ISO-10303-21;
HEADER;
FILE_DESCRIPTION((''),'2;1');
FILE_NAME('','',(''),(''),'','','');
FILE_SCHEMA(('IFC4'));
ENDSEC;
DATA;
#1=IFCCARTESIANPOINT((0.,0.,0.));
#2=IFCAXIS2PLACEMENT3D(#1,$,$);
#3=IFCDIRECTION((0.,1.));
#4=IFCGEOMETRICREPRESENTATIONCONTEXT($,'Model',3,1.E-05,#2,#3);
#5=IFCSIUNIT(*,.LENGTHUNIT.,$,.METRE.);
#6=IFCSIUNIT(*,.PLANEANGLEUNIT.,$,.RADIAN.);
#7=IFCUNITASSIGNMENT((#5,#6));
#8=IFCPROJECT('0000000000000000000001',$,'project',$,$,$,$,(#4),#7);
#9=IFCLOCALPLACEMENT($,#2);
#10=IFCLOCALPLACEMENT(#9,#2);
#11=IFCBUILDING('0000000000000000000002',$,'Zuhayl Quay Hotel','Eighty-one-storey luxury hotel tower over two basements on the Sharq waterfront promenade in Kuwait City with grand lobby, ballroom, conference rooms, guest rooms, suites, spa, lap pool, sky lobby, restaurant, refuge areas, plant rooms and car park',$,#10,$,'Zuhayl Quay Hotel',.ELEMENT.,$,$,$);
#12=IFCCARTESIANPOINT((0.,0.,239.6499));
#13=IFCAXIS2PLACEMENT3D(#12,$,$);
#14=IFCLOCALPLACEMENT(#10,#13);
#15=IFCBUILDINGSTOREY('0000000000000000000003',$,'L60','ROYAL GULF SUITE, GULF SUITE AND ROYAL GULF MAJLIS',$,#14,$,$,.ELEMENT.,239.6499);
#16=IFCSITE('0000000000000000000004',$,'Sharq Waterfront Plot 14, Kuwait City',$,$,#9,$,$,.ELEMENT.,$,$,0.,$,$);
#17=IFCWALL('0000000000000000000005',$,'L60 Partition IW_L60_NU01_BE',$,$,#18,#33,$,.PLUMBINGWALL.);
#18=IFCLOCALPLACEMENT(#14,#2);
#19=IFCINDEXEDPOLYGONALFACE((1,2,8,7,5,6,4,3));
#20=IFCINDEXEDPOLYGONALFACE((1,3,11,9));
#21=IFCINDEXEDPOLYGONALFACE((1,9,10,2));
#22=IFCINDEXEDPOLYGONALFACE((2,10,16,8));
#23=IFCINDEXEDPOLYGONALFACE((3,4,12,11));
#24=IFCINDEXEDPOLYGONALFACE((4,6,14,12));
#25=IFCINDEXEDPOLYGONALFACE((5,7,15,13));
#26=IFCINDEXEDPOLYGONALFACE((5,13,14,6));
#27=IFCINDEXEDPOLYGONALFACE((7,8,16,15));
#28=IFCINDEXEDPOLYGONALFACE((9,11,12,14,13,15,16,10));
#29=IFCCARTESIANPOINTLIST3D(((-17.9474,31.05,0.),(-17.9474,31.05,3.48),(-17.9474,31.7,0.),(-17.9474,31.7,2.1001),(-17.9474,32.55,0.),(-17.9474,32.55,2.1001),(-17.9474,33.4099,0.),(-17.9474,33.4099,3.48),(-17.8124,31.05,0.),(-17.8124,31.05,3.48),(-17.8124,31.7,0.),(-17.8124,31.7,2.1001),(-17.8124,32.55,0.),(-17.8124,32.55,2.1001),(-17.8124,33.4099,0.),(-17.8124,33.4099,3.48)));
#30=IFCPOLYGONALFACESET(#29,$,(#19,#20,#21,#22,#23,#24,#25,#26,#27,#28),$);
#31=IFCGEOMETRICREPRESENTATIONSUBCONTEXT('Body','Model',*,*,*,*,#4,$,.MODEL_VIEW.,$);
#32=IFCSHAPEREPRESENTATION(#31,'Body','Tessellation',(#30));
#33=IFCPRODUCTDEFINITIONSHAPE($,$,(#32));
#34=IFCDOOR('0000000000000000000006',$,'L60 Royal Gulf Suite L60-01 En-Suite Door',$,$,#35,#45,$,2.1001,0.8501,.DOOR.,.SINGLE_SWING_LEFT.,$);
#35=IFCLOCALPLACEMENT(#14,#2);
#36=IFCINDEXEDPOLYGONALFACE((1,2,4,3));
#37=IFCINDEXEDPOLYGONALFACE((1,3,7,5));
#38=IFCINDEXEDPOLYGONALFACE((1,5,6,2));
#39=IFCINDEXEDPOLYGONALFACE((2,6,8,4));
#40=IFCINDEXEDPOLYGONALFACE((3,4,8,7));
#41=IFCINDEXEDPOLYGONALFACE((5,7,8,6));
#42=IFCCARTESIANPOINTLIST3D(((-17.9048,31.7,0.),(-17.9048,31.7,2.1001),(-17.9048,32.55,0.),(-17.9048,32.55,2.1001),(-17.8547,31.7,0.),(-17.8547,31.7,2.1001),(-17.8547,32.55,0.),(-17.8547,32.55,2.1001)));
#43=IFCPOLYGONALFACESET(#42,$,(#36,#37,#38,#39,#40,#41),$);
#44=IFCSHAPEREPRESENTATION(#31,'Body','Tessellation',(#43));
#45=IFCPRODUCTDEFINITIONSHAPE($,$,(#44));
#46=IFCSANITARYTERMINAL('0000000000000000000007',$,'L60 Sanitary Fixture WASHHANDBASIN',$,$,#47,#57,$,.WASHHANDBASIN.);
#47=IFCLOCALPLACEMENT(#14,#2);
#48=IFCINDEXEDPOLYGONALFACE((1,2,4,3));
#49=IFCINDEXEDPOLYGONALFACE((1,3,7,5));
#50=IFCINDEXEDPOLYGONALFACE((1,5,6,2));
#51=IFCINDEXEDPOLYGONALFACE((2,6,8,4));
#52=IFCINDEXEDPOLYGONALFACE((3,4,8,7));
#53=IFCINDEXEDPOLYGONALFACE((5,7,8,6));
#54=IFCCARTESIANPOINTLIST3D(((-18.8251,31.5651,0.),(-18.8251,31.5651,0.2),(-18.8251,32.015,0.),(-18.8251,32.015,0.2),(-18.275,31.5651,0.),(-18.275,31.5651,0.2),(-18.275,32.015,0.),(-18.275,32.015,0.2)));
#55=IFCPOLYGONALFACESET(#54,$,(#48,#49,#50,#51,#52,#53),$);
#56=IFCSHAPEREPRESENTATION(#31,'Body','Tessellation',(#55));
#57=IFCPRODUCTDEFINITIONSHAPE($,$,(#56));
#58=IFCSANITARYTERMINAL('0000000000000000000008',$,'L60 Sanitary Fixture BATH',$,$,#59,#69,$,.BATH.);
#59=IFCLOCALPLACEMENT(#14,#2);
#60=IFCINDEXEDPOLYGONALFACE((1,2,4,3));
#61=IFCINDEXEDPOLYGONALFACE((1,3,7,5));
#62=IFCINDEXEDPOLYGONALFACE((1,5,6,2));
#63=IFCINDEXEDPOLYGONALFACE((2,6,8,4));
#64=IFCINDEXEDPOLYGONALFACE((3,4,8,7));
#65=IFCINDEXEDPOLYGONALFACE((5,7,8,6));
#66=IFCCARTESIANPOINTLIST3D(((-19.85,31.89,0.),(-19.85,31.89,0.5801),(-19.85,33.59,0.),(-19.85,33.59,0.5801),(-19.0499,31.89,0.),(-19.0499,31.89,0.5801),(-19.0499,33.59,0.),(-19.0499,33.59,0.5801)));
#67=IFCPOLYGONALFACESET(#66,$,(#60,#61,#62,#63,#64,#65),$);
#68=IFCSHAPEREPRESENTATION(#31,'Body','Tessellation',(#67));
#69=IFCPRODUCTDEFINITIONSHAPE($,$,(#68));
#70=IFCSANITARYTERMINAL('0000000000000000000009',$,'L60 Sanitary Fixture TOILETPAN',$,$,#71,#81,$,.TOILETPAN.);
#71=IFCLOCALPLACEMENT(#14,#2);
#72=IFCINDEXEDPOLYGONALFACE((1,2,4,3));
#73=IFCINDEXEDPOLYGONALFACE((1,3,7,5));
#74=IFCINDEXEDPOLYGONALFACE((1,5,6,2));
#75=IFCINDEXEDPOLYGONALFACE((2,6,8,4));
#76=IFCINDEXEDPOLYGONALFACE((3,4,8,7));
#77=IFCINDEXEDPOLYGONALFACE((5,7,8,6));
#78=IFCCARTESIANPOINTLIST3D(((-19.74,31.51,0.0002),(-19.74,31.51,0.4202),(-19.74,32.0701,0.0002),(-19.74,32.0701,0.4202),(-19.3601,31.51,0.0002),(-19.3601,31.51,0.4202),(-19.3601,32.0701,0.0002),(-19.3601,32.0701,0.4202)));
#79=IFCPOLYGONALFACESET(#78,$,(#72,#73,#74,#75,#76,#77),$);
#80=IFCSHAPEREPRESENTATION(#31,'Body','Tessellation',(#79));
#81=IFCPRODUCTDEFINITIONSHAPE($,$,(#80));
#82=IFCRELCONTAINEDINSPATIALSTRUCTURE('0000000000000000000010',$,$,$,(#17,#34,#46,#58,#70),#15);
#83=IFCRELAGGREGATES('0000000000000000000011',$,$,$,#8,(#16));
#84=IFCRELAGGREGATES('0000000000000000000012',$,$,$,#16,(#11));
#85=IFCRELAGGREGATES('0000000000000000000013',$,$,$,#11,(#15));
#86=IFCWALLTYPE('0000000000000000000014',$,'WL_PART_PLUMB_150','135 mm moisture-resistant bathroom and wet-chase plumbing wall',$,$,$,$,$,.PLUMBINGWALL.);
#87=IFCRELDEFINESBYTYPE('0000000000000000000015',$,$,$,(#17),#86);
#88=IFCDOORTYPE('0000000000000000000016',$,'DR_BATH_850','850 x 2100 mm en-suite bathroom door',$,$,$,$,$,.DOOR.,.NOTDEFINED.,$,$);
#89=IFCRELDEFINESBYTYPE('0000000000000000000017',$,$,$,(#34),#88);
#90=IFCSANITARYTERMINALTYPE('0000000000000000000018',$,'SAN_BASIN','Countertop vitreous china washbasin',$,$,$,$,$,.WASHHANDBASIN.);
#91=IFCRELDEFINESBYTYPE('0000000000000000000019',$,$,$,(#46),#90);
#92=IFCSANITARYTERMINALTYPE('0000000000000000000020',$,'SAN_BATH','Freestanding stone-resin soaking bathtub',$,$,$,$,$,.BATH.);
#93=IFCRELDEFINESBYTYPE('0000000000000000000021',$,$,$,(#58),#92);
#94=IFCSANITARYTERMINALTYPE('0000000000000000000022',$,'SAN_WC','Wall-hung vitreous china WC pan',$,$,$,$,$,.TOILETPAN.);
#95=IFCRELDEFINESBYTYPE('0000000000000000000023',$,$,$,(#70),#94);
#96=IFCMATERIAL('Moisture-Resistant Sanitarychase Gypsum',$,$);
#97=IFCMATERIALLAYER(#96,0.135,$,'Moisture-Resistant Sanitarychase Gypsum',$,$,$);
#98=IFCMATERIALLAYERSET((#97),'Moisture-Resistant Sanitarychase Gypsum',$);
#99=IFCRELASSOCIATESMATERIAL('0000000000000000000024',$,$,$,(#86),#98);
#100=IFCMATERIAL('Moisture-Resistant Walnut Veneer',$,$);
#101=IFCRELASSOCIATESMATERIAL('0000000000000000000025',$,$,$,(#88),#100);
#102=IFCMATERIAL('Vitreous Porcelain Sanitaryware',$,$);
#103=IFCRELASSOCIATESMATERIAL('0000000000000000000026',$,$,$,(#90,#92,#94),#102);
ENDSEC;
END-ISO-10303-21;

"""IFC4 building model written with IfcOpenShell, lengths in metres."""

from ifc_helpers import new_model, si_unit, direction, frame, frame_2d, origin, origin_2d, place, context, subcontext, project, spatial, rectangle, extrude, material, layer, layer_set, type_object, element, fill, save


model = new_model("IFC4")

# Units and contexts
model_context = context("Model", 3, precision=1e-05, world=origin(), true_north=direction((0.0, 1.0)))
body_context = subcontext(model_context, "Body", "Model", "MODEL_VIEW")
ifc_project = project(units=[si_unit("LENGTHUNIT", "METRE"), si_unit("PLANEANGLEUNIT", "RADIAN")], contexts=[model_context])

# Site, building, storey
site_placement = place(None, origin())
site = spatial("IfcSite", under=ifc_project, at=site_placement, Name="Sharq Waterfront Plot 14, Kuwait City", CompositionType="ELEMENT", RefElevation=0.0)
building_placement = place(site_placement, origin())
building = spatial("IfcBuilding", under=site, at=building_placement, Name="Zuhayl Quay Hotel", Description="Eighty-one-storey luxury hotel tower over two basements on the Sharq waterfront promenade in Kuwait City with grand lobby, ballroom, conference rooms, guest rooms, suites, spa, lap pool, sky lobby, restaurant, refuge areas, plant rooms and car park", LongName="Zuhayl Quay Hotel", CompositionType="ELEMENT")
storey_placement = place(building_placement, frame((0.0, 0.0, 239.6499)))
storey = spatial("IfcBuildingStorey", under=building, at=storey_placement, Name="L60", Description="ROYAL GULF SUITE, GULF SUITE AND ROYAL GULF MAJLIS", CompositionType="ELEMENT", Elevation=239.6499)

# Wall, opening, door
ifc_material_1 = material(Name="Moisture-Resistant Sanitarychase Gypsum")
ifc_layer_1 = layer(ifc_material_1, 0.135, Name="Moisture-Resistant Sanitarychase Gypsum")
ifc_layer_set_1 = layer_set([ifc_layer_1], Name="Moisture-Resistant Sanitarychase Gypsum")
wall_type_1 = type_object("IfcWallType", Name="WL_PART_PLUMB_150", Description="135 mm moisture-resistant bathroom and wet-chase plumbing wall", PredefinedType="PLUMBINGWALL", material=ifc_layer_set_1)
wall_1_placement = place(storey_placement, frame((-17.8799, 31.05, 0.0), z_axis=(0.0, 0.0, 1.0), x_axis=(0.0, 1.0, 0.0)))
wall_1 = element("IfcWall", 1, at=wall_1_placement, inside=storey, type_object=wall_type_1, Name="L60 Partition IW_L60_NU01_BE", PredefinedType="PLUMBINGWALL", context=body_context, shape_type="SweptSolid", body=[
    extrude(rectangle(XDim=2.3599, YDim=0.135, at=frame_2d((1.1799, 0.0))), origin(), (0.0, 0.0, 1.0), 3.48),
])
opening_1_placement = place(wall_1_placement, frame((0.6499, 0.0, 0.0)))
opening_1 = element("IfcOpeningElement", 2, at=opening_1_placement, cuts=wall_1, PredefinedType="OPENING", context=body_context, shape_type="SweptSolid", body=[
    extrude(rectangle(XDim=0.8501, YDim=2.1001, at=frame_2d((0.425, 1.05))), frame((0.0, 0.0774, 0.0), z_axis=(0.0, -1.0, 0.0), x_axis=(1.0, 0.0, 0.0)), (0.0, 0.0, 1.0), 0.155),
])
ifc_material_2 = material(Name="Moisture-Resistant Walnut Veneer")
door_type_1 = type_object("IfcDoorType", Name="DR_BATH_850", Description="850 x 2100 mm en-suite bathroom door", OperationType="NOTDEFINED", PredefinedType="DOOR", material=ifc_material_2)
door_1_placement = place(opening_1_placement, origin())
door_1 = element("IfcDoor", 3, at=door_1_placement, inside=storey, type_object=door_type_1, Name="L60 Royal Gulf Suite L60-01 En-Suite Door", OperationType="SINGLE_SWING_LEFT", OverallHeight=2.1001, OverallWidth=0.8501, PredefinedType="DOOR", context=body_context, shape_type="SweptSolid", body=[
    extrude(rectangle(XDim=0.8501, YDim=2.1001, at=frame_2d((0.425, 1.05))), frame((0.0, 0.0249, 0.0), z_axis=(0.0, -1.0, 0.0), x_axis=(1.0, 0.0, 0.0)), (0.0, 0.0, 1.0), 0.05),
])
fill(opening_1, door_1)

# Sanitary terminals
ifc_material_3 = material(Name="Vitreous Porcelain Sanitaryware")
sanitary_terminal_type_1 = type_object("IfcSanitaryTerminalType", Name="SAN_BASIN", Description="Countertop vitreous china washbasin", PredefinedType="WASHHANDBASIN", material=ifc_material_3)
sanitary_terminal_1_placement = place(storey_placement, frame((-18.55, 31.79, 0.0), z_axis=(0.0, 0.0, 1.0), x_axis=(1.0, 0.0, 0.0)))
element("IfcSanitaryTerminal", 4, at=sanitary_terminal_1_placement, inside=storey, type_object=sanitary_terminal_type_1, Name="L60 Sanitary Fixture WASHHANDBASIN", PredefinedType="WASHHANDBASIN", context=body_context, shape_type="SweptSolid", body=[
    extrude(rectangle(XDim=0.55, YDim=0.45, at=origin_2d()), origin(), (0.0, 0.0, 1.0), 0.2),
])
sanitary_terminal_type_2 = type_object("IfcSanitaryTerminalType", Name="SAN_BATH", Description="Freestanding stone-resin soaking bathtub", PredefinedType="BATH", material=ifc_material_3)
sanitary_terminal_2_placement = place(storey_placement, frame((-19.45, 32.74, 0.0), z_axis=(0.0, 0.0, 1.0), x_axis=(1.0, 0.0, 0.0)))
element("IfcSanitaryTerminal", 5, at=sanitary_terminal_2_placement, inside=storey, type_object=sanitary_terminal_type_2, Name="L60 Sanitary Fixture BATH", PredefinedType="BATH", context=body_context, shape_type="SweptSolid", body=[
    extrude(rectangle(XDim=0.8, YDim=1.7, at=origin_2d()), origin(), (0.0, 0.0, 1.0), 0.5801),
])
sanitary_terminal_type_3 = type_object("IfcSanitaryTerminalType", Name="SAN_WC", Description="Wall-hung vitreous china WC pan", PredefinedType="TOILETPAN", material=ifc_material_3)
sanitary_terminal_3_placement = place(storey_placement, frame((-19.55, 31.79, 0.0002), z_axis=(0.0, 0.0, 1.0), x_axis=(1.0, 0.0, 0.0)))
element("IfcSanitaryTerminal", 6, at=sanitary_terminal_3_placement, inside=storey, type_object=sanitary_terminal_type_3, Name="L60 Sanitary Fixture TOILETPAN", PredefinedType="TOILETPAN", context=body_context, shape_type="SweptSolid", body=[
    extrude(rectangle(XDim=0.3799, YDim=0.5601, at=origin_2d()), origin(), (0.0, 0.0, 1.0), 0.4199),
])

save(model, "model.ifc")
